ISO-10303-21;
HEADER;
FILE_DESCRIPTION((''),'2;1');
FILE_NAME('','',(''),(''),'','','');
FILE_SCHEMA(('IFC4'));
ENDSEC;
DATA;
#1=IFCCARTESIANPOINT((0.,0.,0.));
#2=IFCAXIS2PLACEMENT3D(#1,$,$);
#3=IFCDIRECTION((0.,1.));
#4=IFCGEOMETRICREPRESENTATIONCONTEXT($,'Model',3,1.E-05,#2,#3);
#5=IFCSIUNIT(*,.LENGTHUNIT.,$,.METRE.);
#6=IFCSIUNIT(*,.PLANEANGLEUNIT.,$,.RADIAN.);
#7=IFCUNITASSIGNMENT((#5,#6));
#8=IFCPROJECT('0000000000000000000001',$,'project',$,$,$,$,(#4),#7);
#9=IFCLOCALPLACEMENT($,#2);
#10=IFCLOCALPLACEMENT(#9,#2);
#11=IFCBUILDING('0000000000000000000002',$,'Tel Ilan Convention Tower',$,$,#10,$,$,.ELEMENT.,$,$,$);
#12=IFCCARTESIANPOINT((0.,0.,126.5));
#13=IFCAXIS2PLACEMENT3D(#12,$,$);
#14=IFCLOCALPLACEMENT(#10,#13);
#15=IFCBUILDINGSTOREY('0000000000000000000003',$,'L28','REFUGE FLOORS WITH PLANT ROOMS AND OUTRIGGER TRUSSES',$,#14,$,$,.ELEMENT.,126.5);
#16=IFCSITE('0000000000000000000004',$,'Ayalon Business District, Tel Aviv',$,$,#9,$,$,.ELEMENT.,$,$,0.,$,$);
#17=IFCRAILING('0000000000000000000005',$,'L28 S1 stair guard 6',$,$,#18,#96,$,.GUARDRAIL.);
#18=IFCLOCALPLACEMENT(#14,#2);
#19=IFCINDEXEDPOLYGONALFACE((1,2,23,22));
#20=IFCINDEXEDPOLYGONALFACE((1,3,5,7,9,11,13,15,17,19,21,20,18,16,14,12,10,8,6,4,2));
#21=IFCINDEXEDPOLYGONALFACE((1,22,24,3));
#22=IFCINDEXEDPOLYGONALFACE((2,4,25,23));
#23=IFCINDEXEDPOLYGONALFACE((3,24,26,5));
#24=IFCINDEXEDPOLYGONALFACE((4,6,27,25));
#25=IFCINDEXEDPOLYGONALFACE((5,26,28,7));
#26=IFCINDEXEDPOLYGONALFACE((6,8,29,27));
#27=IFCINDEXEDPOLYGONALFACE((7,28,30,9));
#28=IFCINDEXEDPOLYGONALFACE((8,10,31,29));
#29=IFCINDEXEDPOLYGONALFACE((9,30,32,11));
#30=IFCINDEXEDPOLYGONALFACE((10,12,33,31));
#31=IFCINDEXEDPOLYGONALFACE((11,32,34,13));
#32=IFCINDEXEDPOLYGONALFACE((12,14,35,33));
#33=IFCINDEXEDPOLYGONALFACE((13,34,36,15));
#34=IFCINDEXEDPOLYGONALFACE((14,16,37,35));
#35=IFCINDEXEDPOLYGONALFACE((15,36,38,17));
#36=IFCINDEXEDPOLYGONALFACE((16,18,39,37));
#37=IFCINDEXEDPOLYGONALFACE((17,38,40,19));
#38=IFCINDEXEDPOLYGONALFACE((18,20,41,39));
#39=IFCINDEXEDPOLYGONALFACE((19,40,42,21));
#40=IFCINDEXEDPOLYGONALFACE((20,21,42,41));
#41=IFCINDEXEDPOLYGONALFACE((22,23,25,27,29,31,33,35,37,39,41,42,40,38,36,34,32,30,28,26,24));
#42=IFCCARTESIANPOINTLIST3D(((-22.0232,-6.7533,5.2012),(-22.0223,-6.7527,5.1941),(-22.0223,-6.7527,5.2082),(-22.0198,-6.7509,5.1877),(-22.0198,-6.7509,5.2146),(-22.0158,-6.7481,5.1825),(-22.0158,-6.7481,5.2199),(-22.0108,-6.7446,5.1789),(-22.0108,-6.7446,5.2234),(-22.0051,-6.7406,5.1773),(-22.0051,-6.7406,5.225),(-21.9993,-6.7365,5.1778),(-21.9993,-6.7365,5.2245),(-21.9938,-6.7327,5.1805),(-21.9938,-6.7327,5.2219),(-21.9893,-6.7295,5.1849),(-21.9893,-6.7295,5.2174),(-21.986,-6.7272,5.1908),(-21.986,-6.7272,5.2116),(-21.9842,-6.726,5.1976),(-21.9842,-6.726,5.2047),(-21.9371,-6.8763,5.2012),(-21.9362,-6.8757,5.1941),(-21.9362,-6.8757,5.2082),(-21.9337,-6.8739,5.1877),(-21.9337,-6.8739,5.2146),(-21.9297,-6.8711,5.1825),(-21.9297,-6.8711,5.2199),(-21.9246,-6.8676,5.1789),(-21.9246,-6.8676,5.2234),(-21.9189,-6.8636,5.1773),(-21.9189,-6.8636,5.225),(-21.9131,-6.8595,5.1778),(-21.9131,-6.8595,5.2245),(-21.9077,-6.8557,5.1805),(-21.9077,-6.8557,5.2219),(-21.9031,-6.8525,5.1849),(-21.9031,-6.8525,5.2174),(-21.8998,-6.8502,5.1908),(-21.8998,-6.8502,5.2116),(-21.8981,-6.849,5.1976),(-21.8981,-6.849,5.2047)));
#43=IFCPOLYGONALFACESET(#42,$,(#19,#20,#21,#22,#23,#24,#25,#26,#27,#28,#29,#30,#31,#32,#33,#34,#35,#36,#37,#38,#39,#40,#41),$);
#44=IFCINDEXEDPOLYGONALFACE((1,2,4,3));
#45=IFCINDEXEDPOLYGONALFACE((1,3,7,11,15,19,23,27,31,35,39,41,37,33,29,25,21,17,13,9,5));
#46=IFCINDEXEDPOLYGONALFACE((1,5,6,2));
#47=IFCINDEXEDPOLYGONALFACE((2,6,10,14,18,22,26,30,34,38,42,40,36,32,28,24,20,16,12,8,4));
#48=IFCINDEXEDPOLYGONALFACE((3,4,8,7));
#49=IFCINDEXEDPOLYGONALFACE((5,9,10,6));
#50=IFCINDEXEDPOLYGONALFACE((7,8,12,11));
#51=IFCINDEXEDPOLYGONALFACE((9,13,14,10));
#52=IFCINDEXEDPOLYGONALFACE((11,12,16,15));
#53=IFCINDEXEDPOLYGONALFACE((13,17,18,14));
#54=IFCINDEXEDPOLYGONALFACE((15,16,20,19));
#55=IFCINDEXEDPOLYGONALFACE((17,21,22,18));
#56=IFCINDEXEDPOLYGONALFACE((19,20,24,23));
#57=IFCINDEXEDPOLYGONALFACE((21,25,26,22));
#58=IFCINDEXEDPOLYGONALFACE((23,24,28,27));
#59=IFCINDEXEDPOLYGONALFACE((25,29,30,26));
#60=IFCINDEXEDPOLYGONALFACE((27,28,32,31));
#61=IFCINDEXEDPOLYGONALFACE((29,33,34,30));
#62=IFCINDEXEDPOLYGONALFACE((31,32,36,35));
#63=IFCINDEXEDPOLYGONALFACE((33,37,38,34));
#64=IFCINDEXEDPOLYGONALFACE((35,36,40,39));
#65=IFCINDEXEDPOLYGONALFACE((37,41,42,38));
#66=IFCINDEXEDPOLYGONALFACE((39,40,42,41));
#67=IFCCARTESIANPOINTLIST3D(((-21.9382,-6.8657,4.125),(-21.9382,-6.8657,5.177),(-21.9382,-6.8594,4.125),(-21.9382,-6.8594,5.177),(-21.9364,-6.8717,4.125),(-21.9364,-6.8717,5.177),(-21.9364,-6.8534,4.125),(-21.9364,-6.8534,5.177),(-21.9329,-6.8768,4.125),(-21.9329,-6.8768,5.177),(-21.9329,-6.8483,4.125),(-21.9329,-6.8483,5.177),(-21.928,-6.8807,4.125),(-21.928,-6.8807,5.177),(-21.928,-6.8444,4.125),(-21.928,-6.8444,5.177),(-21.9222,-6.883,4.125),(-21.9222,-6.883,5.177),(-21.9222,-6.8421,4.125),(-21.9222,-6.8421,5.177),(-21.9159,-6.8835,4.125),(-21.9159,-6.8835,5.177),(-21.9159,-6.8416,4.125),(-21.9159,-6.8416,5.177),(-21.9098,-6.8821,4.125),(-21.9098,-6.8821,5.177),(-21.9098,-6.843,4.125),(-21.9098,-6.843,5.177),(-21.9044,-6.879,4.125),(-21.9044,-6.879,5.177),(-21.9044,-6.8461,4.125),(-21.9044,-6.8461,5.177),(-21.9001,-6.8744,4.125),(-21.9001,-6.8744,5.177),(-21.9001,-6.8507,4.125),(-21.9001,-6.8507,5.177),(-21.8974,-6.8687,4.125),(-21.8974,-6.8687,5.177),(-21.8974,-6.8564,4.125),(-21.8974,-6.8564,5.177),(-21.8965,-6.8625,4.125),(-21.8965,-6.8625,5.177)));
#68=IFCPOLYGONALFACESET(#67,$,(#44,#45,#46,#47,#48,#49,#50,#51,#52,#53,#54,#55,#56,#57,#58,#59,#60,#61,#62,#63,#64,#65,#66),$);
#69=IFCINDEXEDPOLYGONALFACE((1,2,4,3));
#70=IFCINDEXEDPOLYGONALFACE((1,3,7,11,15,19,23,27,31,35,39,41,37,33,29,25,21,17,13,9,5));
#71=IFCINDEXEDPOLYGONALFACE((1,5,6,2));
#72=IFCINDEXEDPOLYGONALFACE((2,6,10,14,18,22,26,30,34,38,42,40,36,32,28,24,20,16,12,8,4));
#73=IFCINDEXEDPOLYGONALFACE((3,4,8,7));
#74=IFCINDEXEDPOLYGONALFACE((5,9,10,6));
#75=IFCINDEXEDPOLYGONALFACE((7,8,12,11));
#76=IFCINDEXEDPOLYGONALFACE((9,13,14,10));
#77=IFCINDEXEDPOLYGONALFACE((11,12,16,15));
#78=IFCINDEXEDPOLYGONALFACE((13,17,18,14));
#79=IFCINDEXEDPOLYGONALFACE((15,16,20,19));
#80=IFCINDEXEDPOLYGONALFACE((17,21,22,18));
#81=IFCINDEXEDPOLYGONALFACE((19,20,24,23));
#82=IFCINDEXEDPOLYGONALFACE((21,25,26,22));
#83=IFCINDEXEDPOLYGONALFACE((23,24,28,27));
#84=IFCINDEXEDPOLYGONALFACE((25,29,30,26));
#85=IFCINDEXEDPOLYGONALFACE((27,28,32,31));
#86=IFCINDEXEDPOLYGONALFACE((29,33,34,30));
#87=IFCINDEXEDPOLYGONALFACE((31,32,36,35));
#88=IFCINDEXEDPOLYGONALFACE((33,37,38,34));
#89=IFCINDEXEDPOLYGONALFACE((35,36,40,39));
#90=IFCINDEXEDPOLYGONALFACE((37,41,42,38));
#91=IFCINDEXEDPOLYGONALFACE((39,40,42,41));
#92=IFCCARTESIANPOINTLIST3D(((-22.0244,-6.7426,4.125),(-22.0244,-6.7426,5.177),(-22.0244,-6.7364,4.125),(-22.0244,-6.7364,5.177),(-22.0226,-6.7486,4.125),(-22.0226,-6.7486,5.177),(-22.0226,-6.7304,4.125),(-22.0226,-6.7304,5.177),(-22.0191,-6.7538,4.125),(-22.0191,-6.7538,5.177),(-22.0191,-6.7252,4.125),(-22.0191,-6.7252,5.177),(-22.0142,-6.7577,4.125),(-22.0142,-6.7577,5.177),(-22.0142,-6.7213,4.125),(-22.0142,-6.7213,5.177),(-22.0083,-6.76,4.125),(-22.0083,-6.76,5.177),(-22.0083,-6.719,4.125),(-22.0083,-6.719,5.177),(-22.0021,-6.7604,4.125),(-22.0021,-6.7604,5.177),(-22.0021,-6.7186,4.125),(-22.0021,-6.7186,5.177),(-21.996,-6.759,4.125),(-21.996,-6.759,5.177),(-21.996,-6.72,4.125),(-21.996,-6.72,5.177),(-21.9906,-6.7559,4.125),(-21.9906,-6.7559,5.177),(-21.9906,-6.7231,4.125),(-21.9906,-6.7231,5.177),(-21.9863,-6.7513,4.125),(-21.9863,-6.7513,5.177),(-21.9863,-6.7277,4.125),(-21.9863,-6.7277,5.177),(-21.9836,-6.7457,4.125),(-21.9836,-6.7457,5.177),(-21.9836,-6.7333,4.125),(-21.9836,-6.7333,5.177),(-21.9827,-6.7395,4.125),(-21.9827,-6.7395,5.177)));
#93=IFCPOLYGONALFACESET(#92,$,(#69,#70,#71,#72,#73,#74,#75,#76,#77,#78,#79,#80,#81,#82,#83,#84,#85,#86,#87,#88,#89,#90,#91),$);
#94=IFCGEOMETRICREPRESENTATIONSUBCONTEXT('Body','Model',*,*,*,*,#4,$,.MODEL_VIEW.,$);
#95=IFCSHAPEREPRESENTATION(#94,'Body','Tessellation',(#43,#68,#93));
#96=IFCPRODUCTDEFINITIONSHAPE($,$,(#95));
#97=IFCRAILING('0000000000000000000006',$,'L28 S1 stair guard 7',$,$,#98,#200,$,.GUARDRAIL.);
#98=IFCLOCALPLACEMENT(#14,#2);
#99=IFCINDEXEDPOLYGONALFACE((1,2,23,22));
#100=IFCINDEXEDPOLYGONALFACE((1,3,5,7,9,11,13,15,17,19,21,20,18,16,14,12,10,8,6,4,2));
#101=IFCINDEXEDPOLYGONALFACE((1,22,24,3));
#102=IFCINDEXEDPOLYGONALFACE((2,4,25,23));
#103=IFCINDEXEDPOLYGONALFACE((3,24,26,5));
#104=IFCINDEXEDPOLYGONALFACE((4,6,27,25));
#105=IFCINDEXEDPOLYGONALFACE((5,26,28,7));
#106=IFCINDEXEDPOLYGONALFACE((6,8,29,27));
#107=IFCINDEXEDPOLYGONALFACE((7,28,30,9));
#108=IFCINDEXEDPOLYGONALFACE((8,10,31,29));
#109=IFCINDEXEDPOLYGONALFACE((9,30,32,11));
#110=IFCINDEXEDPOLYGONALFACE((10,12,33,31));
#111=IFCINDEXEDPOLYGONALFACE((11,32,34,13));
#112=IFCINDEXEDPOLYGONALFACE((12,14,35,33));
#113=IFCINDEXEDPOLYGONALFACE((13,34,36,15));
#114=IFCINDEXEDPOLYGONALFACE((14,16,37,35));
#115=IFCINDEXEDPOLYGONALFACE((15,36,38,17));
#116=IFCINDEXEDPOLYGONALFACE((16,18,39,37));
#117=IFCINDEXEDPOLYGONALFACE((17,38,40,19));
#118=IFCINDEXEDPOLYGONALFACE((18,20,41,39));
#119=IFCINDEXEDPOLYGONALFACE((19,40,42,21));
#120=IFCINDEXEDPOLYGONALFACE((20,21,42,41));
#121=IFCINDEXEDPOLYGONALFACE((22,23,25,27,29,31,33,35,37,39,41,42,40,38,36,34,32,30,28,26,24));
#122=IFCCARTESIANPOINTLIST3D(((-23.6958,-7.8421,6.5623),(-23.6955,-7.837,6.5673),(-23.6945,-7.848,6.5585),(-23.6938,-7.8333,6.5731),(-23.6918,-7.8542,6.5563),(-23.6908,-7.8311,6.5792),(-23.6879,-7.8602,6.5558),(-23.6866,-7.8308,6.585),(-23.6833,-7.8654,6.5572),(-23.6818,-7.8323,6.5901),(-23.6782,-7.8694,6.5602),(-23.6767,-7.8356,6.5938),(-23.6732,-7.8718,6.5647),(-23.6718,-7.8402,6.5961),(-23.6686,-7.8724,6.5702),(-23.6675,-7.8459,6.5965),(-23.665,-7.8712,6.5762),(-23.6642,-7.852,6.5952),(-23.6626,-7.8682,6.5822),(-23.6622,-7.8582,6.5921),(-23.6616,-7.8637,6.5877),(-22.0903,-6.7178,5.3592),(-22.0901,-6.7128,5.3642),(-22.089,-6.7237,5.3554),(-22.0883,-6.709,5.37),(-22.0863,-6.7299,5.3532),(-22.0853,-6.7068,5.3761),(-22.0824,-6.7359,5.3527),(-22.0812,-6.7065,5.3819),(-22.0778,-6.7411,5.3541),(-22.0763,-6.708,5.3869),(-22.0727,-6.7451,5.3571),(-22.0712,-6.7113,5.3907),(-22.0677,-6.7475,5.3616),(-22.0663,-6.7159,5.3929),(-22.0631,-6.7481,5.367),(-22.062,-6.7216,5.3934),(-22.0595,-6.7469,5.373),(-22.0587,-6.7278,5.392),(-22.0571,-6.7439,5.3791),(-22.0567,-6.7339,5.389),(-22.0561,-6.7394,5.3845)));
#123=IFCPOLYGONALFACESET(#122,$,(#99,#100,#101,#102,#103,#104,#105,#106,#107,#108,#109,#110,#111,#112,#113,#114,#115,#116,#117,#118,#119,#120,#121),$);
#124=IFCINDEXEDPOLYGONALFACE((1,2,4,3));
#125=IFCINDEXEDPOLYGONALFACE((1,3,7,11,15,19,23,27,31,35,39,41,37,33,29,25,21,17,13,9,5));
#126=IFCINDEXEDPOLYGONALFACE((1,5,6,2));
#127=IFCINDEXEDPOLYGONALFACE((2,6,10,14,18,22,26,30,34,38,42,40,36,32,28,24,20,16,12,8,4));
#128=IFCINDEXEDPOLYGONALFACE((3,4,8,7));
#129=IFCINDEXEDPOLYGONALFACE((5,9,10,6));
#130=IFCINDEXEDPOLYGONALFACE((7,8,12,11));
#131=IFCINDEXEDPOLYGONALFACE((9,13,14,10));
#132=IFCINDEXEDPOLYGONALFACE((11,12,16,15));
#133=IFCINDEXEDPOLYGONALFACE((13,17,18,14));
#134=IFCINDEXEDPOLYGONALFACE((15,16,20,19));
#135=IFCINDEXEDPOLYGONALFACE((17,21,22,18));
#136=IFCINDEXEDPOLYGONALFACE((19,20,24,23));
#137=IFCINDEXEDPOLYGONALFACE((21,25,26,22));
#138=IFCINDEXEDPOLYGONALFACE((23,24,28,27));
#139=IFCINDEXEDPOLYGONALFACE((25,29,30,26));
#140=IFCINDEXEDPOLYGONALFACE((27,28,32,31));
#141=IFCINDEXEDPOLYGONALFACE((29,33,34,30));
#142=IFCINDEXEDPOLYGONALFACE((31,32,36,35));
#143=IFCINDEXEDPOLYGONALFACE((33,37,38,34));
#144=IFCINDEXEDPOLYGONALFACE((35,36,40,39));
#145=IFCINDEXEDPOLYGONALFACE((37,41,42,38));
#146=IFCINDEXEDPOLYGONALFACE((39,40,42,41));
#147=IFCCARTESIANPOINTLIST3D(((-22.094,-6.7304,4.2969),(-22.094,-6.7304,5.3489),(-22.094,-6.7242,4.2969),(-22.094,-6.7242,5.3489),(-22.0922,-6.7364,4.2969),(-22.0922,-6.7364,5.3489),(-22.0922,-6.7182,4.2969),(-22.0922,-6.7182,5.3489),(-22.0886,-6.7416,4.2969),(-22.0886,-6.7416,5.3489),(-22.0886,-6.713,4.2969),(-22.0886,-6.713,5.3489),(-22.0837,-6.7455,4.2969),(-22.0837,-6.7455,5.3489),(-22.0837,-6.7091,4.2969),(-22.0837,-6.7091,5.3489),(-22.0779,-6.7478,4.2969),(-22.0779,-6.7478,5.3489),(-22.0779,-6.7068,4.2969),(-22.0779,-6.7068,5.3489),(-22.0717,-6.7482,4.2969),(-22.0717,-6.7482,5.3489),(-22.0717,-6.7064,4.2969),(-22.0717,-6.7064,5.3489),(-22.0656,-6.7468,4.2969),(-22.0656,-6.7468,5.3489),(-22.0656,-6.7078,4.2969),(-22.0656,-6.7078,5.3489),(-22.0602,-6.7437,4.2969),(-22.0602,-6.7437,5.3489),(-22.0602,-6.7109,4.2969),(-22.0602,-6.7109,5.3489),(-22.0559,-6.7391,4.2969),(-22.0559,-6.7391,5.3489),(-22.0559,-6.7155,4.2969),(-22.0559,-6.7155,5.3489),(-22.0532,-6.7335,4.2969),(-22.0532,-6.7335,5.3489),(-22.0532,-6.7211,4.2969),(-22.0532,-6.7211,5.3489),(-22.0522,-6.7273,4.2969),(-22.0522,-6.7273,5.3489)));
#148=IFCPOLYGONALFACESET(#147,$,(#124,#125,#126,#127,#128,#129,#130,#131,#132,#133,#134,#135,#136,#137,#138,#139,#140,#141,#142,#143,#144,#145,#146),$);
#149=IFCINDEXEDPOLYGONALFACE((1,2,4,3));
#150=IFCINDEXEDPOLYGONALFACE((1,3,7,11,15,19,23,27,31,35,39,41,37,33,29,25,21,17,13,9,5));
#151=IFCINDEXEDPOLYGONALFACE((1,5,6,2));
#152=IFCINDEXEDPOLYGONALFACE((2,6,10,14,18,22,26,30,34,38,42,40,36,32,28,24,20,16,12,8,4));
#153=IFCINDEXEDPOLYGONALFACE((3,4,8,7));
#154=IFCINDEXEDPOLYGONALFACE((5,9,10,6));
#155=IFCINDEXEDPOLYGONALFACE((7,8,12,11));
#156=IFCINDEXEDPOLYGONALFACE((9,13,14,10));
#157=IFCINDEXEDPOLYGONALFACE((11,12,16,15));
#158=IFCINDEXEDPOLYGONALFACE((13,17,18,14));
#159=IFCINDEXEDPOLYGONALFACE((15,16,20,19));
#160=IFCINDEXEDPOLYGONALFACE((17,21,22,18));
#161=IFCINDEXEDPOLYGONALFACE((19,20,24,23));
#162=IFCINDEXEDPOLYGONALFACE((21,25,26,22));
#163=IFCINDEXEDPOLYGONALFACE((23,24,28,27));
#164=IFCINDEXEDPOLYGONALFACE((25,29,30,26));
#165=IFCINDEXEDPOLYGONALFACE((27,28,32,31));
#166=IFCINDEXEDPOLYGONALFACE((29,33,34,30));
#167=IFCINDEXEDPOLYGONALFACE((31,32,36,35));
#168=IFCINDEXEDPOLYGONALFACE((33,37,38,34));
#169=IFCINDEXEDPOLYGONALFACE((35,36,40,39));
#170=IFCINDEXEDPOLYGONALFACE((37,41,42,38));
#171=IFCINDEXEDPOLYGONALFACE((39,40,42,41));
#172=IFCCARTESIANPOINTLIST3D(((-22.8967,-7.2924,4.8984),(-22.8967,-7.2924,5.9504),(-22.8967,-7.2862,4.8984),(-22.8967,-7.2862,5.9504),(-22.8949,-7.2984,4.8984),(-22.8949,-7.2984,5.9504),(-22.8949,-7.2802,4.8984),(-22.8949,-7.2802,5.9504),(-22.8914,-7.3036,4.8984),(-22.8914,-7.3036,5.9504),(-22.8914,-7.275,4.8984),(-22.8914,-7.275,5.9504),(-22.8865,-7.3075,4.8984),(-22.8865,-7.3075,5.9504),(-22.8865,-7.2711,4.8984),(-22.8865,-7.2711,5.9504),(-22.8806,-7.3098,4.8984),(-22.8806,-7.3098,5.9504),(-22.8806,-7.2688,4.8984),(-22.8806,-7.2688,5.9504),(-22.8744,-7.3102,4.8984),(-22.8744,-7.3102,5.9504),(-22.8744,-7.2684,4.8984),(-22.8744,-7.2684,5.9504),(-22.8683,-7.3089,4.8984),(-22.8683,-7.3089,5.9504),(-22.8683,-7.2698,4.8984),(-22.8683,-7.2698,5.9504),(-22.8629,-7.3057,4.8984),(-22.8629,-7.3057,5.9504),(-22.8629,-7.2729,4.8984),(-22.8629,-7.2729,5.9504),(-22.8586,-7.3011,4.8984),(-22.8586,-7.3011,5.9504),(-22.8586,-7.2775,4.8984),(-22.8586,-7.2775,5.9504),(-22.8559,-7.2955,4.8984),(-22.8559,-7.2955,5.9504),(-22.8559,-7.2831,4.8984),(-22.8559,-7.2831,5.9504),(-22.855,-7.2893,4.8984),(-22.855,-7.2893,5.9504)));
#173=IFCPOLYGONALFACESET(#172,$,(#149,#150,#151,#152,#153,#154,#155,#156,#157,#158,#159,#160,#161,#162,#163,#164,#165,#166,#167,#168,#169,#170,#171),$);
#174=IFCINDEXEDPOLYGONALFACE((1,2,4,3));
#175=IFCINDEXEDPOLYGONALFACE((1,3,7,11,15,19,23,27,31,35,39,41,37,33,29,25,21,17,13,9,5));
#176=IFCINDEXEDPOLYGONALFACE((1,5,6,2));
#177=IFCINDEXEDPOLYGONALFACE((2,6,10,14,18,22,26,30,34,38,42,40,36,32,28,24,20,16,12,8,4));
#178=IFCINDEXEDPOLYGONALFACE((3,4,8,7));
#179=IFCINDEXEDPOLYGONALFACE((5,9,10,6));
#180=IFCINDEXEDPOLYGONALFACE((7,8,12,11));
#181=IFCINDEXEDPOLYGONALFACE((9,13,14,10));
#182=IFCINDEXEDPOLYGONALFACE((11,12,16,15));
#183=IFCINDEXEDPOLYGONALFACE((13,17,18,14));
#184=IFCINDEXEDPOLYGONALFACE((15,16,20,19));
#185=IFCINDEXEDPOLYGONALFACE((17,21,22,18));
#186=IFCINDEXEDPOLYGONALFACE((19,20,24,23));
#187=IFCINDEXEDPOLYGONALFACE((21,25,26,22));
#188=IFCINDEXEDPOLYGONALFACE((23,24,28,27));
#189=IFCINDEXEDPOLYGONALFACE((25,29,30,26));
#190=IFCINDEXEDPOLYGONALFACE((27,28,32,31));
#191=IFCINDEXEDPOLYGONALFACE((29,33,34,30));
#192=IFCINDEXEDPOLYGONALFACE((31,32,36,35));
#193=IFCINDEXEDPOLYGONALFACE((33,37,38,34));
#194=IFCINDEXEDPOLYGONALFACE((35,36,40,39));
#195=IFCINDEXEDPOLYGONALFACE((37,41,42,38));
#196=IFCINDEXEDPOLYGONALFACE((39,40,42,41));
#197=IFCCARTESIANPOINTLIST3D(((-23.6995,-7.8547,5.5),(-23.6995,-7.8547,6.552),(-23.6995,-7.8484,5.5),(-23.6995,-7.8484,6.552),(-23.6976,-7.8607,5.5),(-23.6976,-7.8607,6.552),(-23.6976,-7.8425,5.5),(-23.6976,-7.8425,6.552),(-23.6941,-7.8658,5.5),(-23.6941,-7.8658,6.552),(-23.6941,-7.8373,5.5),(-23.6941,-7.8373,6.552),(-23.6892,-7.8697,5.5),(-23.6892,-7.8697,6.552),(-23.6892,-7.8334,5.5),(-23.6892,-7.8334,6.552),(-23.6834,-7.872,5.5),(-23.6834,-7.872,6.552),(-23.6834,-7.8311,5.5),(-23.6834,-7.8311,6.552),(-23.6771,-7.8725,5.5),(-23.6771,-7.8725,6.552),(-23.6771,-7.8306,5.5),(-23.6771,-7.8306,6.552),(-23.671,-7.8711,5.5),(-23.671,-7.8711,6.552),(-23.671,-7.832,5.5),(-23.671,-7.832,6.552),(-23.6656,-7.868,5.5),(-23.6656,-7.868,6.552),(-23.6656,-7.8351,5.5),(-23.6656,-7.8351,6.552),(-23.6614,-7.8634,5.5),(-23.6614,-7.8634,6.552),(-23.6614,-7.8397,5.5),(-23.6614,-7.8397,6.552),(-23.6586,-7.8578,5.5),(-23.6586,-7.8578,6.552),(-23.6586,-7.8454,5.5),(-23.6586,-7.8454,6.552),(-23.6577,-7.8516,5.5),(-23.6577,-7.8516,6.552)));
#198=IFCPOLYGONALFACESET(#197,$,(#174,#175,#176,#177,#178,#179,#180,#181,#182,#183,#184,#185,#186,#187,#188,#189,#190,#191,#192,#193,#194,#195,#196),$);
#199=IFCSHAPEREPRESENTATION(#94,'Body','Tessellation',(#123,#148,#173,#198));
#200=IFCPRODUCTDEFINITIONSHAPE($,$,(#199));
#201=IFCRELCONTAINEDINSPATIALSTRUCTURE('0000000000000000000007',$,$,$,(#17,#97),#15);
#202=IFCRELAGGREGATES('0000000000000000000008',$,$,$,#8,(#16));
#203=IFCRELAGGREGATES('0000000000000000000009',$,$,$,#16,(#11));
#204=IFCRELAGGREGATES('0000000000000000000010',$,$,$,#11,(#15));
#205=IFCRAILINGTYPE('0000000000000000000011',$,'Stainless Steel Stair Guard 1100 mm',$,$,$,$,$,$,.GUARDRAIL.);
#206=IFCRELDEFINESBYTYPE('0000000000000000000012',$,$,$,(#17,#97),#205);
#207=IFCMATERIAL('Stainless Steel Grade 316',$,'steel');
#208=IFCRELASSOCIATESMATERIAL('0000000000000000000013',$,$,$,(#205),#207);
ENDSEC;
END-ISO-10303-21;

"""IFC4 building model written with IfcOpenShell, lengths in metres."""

from ifc_helpers import new_model, si_unit, direction, frame, origin, origin_2d, place, context, subcontext, project, spatial, circle, extrude, material, type_object, element, save


model = new_model("IFC4")

# Units and contexts
model_context = context("Model", 3, precision=1e-05, world=origin(), true_north=direction((0.0, 1.0)))
body_context = subcontext(model_context, "Body", "Model", "MODEL_VIEW")
ifc_project = project(units=[si_unit("LENGTHUNIT", "METRE"), si_unit("PLANEANGLEUNIT", "RADIAN")], contexts=[model_context])

# Site, building, storey
site_placement = place(None, origin())
site = spatial("IfcSite", under=ifc_project, at=site_placement, Name="Ayalon Business District, Tel Aviv", CompositionType="ELEMENT", RefElevation=0.0)
building_placement = place(site_placement, origin())
building = spatial("IfcBuilding", under=site, at=building_placement, Name="Tel Ilan Convention Tower", CompositionType="ELEMENT")
storey_placement = place(building_placement, frame((0.0, 0.0, 126.5)))
storey = spatial("IfcBuildingStorey", under=building, at=storey_placement, Name="L28", Description="REFUGE FLOORS WITH PLANT ROOMS AND OUTRIGGER TRUSSES", CompositionType="ELEMENT", Elevation=126.5)

# Railings
ifc_material_1 = material(Name="Stainless Steel Grade 316", Category="steel")
railing_type_1 = type_object("IfcRailingType", Name="Stainless Steel Stair Guard 1100 mm", PredefinedType="GUARDRAIL", material=ifc_material_1)
railing_1_placement = place(storey_placement, frame((-21.9175, -6.8625, 4.125)))
element("IfcRailing", 1, at=railing_1_placement, inside=storey, type_object=railing_type_1, Name="L28 S1 stair guard 6", PredefinedType="GUARDRAIL", context=body_context, shape_type="SweptSolid", body=[
    extrude(circle(Radius=0.0239, at=origin_2d()), frame((0.0, 0.0, 1.0762), z_axis=(-0.57368, 0.819079, 0.0), x_axis=(-0.819079, -0.57368, 0.0)), (0.0, 0.0, 1.0), 0.1501),
    extrude(circle(Radius=0.021, at=origin_2d()), origin(), (0.0, 0.0, 1.0), 1.052),
    extrude(circle(Radius=0.021, at=origin_2d()), frame((-0.0862, 0.123, 0.0)), (0.0, 0.0, 1.0), 1.052),
])
railing_2_placement = place(storey_placement, frame((-22.0732, -6.7273, 4.2969)))
element("IfcRailing", 2, at=railing_2_placement, inside=storey, type_object=railing_type_1, Name="L28 S1 stair guard 7", PredefinedType="GUARDRAIL", context=body_context, shape_type="SweptSolid", body=[
    extrude(circle(Radius=0.0239, at=origin_2d()), frame((0.0, 0.0, 1.0762), z_axis=(-0.698095, -0.488857, 0.523146), x_axis=(0.573613, -0.819127, 0.0)), (0.0, 0.0, 1.0), 2.2998),
    extrude(circle(Radius=0.021, at=origin_2d()), origin(), (0.0, 0.0, 1.0), 1.052),
    extrude(circle(Radius=0.021, at=origin_2d()), frame((-0.8027, -0.562, 0.6016)), (0.0, 0.0, 1.0), 1.052),
    extrude(circle(Radius=0.021, at=origin_2d()), frame((-1.6055, -1.1243, 1.2031)), (0.0, 0.0, 1.0), 1.052),
])

save(model, "model.ifc")
